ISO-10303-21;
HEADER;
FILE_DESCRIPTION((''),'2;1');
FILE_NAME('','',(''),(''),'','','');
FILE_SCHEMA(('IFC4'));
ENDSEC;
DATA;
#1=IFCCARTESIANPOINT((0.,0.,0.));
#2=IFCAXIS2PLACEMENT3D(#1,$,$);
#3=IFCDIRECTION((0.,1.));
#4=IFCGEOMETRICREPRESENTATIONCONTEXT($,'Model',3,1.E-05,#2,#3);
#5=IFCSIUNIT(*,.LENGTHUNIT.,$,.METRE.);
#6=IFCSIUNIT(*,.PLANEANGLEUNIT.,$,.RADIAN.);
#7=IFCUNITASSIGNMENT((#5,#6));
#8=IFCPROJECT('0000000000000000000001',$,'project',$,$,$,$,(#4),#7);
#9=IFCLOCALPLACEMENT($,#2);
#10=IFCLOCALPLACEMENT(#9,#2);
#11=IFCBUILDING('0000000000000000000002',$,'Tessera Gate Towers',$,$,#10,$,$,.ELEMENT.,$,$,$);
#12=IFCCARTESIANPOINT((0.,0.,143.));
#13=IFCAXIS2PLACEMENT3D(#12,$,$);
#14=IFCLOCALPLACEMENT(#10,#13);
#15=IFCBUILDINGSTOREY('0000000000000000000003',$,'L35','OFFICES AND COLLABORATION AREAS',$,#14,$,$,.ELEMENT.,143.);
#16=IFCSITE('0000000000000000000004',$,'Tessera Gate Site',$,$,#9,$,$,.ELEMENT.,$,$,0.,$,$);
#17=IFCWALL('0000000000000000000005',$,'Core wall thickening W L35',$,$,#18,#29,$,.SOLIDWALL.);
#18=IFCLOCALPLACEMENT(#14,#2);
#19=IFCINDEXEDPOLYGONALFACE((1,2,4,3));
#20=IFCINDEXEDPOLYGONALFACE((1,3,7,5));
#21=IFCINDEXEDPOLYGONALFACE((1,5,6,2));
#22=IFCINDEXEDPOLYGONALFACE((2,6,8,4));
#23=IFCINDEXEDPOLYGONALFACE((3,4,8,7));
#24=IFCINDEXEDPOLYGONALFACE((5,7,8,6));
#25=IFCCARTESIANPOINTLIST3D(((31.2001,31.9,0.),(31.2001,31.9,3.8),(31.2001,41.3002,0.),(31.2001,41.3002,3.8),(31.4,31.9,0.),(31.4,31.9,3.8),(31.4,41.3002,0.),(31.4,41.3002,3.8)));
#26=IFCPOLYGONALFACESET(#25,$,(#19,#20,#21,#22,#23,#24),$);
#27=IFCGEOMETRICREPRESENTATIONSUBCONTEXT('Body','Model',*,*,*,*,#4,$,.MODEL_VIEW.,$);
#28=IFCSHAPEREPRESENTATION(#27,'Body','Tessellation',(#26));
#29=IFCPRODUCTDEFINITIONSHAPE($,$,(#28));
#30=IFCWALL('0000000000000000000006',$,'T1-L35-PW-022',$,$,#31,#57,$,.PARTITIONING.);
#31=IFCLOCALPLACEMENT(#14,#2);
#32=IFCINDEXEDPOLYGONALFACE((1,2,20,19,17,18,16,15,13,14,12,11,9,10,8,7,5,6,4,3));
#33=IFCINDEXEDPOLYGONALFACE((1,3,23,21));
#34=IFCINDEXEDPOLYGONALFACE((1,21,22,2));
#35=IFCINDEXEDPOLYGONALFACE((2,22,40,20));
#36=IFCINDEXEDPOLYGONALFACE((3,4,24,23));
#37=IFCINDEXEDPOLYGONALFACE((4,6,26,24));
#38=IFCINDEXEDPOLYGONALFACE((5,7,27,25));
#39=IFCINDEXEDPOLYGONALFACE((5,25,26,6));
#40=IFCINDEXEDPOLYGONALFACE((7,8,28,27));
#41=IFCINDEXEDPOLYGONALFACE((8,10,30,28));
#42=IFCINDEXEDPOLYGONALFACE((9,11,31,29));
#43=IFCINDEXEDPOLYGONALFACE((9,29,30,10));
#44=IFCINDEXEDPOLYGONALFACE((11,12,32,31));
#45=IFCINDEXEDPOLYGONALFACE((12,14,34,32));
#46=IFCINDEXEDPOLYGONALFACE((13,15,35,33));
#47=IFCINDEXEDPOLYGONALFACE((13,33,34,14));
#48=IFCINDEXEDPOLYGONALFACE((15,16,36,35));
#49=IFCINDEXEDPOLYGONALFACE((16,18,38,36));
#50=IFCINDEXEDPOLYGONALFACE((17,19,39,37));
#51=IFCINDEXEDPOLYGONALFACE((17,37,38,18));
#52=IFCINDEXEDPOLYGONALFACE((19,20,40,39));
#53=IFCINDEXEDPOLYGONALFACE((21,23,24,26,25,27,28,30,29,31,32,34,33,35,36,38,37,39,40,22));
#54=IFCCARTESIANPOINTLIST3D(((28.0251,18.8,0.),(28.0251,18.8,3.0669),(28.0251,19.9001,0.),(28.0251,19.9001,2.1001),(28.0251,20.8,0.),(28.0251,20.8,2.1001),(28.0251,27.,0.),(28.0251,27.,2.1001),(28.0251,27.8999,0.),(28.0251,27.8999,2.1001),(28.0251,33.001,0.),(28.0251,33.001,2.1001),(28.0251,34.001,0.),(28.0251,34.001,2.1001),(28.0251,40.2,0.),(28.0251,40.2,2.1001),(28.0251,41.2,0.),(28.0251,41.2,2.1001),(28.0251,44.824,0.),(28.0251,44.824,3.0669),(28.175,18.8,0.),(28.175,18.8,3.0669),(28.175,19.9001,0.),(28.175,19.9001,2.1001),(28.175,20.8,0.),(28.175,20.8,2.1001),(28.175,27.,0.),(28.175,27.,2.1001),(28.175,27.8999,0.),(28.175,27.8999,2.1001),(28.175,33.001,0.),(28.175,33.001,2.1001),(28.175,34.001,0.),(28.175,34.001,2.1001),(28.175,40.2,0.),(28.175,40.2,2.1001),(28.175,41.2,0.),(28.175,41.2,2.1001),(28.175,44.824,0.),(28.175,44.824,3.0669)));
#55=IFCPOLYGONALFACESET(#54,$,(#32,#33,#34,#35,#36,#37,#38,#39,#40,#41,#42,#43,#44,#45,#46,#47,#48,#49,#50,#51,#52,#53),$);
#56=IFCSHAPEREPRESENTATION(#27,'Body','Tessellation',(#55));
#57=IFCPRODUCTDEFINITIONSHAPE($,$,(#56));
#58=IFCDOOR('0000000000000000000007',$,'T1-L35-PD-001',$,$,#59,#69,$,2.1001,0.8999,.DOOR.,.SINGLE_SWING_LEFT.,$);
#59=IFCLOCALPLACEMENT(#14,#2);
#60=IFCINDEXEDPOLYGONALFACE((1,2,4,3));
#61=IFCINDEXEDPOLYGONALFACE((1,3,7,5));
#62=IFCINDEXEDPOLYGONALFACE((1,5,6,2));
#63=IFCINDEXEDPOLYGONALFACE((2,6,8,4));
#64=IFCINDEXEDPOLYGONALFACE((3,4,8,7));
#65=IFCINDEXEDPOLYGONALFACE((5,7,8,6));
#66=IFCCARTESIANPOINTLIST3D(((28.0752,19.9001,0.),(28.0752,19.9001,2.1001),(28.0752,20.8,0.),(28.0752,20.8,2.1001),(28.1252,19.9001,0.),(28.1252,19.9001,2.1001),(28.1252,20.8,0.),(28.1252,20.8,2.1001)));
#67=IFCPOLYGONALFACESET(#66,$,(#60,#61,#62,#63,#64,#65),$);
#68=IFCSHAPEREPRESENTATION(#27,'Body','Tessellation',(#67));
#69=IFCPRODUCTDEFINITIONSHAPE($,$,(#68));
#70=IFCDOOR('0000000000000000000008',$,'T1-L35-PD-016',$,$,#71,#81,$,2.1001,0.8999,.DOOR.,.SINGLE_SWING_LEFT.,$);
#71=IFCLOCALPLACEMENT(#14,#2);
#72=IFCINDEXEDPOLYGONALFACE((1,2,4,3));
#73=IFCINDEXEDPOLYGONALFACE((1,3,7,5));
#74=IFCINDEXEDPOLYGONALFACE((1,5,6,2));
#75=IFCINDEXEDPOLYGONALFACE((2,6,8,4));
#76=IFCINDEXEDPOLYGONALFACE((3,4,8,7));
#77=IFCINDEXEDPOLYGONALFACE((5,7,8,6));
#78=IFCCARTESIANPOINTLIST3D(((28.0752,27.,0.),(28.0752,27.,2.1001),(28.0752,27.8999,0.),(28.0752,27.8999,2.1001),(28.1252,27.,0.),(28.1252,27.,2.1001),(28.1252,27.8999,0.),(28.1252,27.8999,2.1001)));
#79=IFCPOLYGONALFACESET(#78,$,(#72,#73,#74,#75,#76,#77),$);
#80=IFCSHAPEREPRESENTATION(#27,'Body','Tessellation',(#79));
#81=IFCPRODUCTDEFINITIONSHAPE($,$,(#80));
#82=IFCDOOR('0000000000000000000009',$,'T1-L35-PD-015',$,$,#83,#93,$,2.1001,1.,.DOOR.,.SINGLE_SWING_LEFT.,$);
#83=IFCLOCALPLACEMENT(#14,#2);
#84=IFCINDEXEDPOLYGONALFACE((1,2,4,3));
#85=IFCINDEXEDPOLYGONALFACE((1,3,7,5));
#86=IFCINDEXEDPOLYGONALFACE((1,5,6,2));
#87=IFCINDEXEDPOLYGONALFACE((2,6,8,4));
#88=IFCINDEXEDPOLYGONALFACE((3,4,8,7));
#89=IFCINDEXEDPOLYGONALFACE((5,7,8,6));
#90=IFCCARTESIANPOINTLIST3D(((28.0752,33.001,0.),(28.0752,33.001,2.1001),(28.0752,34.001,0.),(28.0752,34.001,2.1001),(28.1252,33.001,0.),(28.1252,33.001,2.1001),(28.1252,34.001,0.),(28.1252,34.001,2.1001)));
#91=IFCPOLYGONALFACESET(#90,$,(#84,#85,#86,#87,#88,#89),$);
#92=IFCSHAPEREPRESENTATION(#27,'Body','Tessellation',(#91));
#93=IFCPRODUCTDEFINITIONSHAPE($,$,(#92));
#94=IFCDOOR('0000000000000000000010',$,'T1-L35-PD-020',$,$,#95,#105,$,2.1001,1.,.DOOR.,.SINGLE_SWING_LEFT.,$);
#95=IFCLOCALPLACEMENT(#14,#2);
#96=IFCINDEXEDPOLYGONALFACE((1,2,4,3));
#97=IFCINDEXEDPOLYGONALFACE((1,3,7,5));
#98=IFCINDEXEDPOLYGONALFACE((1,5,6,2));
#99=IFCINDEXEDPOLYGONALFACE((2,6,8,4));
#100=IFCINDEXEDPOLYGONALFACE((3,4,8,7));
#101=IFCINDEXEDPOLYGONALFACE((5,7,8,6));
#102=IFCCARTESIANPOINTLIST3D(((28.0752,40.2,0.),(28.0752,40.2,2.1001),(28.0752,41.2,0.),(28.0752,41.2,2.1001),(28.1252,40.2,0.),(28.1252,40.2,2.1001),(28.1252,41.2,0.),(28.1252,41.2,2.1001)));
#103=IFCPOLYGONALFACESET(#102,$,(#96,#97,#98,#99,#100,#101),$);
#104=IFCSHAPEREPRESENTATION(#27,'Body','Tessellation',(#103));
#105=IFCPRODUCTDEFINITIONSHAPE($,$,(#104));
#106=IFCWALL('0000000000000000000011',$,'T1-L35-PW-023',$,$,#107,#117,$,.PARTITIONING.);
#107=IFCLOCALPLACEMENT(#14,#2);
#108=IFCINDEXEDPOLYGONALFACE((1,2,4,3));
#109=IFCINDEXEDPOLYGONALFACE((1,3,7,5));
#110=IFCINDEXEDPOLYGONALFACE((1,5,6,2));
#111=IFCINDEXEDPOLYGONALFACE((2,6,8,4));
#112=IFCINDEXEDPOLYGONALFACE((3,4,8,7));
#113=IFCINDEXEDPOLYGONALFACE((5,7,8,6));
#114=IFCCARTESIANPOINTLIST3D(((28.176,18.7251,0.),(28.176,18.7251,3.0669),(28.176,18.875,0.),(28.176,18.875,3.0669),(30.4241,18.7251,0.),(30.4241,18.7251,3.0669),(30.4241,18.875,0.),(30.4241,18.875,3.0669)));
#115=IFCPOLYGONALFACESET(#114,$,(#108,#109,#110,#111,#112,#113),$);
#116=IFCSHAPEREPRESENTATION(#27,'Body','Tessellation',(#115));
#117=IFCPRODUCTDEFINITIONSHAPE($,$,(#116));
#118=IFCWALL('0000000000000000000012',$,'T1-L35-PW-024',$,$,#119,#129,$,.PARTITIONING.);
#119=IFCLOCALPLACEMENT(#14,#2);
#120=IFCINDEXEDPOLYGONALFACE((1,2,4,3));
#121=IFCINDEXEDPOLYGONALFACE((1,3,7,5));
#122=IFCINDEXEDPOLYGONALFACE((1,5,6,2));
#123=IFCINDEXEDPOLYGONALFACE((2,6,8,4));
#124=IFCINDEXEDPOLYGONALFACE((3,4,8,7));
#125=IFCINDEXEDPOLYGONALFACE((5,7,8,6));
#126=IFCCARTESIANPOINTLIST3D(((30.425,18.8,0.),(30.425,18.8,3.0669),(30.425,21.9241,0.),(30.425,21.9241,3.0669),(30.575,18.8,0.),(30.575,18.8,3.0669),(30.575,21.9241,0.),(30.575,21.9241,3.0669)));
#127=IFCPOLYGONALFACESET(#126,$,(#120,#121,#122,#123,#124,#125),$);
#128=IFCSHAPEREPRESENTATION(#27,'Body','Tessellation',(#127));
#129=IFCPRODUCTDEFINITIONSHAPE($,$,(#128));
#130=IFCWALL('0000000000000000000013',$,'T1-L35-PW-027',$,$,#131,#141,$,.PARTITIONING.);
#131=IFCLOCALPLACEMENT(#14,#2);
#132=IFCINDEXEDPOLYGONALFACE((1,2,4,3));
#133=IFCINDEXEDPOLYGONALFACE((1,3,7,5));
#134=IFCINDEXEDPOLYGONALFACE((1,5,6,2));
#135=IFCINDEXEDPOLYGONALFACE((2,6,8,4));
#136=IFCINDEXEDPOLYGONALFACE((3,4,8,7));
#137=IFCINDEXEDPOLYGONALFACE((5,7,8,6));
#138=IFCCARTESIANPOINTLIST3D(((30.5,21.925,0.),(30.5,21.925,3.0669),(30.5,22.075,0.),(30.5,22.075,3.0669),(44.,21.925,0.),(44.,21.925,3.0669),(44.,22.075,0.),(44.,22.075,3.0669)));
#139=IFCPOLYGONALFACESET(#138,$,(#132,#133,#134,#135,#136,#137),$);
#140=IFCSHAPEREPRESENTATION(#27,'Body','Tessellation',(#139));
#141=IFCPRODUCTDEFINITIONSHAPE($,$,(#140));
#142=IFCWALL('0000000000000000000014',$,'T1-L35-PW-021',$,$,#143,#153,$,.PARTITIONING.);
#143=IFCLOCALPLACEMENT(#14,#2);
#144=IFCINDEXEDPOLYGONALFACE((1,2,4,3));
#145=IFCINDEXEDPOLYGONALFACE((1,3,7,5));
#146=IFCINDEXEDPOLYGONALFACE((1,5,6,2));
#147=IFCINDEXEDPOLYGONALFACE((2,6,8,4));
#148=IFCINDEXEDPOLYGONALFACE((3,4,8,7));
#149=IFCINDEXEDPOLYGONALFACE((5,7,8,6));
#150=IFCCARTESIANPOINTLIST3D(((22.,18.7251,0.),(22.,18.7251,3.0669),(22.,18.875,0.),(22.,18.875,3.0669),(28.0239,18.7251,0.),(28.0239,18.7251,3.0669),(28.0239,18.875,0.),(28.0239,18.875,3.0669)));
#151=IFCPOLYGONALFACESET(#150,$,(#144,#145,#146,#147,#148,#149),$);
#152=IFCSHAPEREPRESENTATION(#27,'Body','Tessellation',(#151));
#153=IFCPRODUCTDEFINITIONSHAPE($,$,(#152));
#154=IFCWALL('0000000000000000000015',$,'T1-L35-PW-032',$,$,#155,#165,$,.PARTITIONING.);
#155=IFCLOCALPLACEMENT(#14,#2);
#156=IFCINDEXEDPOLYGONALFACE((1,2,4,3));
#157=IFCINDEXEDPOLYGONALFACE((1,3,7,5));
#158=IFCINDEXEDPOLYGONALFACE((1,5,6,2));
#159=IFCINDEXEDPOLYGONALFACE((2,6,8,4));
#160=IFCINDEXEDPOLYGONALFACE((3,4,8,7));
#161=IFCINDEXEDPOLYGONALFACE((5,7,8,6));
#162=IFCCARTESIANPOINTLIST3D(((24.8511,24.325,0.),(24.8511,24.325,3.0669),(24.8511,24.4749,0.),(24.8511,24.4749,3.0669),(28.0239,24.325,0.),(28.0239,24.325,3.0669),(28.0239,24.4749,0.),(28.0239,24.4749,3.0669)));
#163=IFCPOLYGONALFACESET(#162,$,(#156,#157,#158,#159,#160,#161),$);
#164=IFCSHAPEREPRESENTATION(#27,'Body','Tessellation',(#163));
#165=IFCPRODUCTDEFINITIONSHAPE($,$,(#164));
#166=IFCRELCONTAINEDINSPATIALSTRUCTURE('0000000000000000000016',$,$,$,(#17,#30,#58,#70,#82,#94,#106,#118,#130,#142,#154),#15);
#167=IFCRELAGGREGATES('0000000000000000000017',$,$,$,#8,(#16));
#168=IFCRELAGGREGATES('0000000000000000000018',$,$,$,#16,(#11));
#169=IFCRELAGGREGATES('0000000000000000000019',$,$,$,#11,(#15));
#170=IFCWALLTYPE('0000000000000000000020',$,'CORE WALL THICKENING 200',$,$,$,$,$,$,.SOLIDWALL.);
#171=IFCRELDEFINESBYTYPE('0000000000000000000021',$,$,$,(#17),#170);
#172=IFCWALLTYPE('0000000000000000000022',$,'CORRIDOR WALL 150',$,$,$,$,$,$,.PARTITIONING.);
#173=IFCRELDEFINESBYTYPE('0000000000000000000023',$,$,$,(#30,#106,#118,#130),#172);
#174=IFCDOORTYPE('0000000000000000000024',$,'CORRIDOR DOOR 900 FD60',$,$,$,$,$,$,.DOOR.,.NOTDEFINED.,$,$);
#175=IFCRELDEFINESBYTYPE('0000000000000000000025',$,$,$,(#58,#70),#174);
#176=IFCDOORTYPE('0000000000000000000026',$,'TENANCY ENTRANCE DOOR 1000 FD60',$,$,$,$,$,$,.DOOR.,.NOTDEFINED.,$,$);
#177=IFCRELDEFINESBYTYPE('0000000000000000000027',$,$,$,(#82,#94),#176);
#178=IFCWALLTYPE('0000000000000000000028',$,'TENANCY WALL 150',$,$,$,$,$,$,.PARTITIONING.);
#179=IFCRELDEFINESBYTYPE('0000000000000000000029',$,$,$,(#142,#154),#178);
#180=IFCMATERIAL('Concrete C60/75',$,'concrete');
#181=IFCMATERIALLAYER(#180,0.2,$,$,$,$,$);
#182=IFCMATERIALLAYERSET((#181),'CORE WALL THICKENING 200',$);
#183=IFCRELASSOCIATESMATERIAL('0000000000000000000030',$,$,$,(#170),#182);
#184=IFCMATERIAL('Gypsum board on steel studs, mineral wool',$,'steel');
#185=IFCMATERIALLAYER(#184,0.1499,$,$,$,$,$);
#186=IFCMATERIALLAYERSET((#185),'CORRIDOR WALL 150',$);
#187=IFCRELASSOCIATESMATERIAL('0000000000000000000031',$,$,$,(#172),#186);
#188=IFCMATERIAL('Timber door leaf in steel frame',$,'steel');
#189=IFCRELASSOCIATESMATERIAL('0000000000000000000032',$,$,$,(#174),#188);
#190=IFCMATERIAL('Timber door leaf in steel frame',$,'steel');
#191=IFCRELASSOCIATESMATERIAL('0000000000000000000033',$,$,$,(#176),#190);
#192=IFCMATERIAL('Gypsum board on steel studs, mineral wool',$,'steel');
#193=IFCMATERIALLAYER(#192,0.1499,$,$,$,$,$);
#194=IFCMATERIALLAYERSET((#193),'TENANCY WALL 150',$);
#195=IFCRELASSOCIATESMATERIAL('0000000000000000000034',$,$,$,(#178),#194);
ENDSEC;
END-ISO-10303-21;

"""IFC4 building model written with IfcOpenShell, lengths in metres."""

from ifc_helpers import new_model, si_unit, direction, frame, frame_2d, origin, place, context, subcontext, project, spatial, rectangle, extrude, source, transform, mapped, material, layer, layer_set, type_object, element, fill, save


model = new_model("IFC4")

# Units and contexts
model_context = context("Model", 3, precision=1e-05, world=origin(), true_north=direction((0.0, 1.0)))
body_context = subcontext(model_context, "Body", "Model", "MODEL_VIEW")
ifc_project = project(units=[si_unit("LENGTHUNIT", "METRE"), si_unit("PLANEANGLEUNIT", "RADIAN")], contexts=[model_context])

# Site, building, storey
site_placement = place(None, origin())
site = spatial("IfcSite", under=ifc_project, at=site_placement, Name="Tessera Gate Site", CompositionType="ELEMENT", RefElevation=0.0)
building_placement = place(site_placement, origin())
building = spatial("IfcBuilding", under=site, at=building_placement, Name="Tessera Gate Towers", CompositionType="ELEMENT")
storey_placement = place(building_placement, frame((0.0, 0.0, 143.0)))
storey = spatial("IfcBuildingStorey", under=building, at=storey_placement, Name="L35", Description="OFFICES AND COLLABORATION AREAS", CompositionType="ELEMENT", Elevation=143.0)

# Shared definitions
shared_shape_1 = source(origin(), body_context, "Body", "SweptSolid", [
    extrude(rectangle(XDim=0.8999, YDim=2.1001, at=frame_2d((0.45, 1.05))), frame((0.0, 0.0249, 0.0), z_axis=(0.0, -1.0, 0.0), x_axis=(1.0, 0.0, 0.0)), (0.0, 0.0, 1.0), 0.05),
])

# Wall
ifc_material_1 = material(Name="Concrete C60/75", Category="concrete")
ifc_layer_1 = layer(ifc_material_1, 0.2)
ifc_layer_set_1 = layer_set([ifc_layer_1], Name="CORE WALL THICKENING 200")
wall_type_1 = type_object("IfcWallType", Name="CORE WALL THICKENING 200", PredefinedType="SOLIDWALL", material=ifc_layer_set_1)
wall_1_placement = place(storey_placement, frame((31.3, 31.8999, 0.0), z_axis=(0.0, 0.0, 1.0), x_axis=(0.0, 1.0, 0.0)))
element("IfcWall", 1, at=wall_1_placement, inside=storey, type_object=wall_type_1, Name="Core wall thickening W L35", PredefinedType="SOLIDWALL", context=body_context, shape_type="SweptSolid", body=[
    extrude(rectangle(XDim=9.4001, YDim=0.2, at=frame_2d((4.7002, 0.0))), origin(), (0.0, 0.0, 1.0), 3.8),
])

# Wall, openings, doors
ifc_material_2 = material(Name="Gypsum board on steel studs, mineral wool", Category="steel")
ifc_layer_2 = layer(ifc_material_2, 0.1499)
ifc_layer_set_2 = layer_set([ifc_layer_2], Name="CORRIDOR WALL 150")
wall_type_2 = type_object("IfcWallType", Name="CORRIDOR WALL 150", PredefinedType="PARTITIONING", material=ifc_layer_set_2)
wall_2_placement = place(storey_placement, frame((28.1001, 18.8, 0.0), z_axis=(0.0, 0.0, 1.0), x_axis=(0.0, 1.0, 0.0)))
wall_2 = element("IfcWall", 2, at=wall_2_placement, inside=storey, type_object=wall_type_2, Name="T1-L35-PW-022", PredefinedType="PARTITIONING", context=body_context, shape_type="SweptSolid", body=[
    extrude(rectangle(XDim=26.0239, YDim=0.1499, at=frame_2d((13.012, 0.0))), origin(), (0.0, 0.0, 1.0), 3.0669),
])
shared_shape_2 = source(origin(), body_context, "Body", "SweptSolid", [
    extrude(rectangle(XDim=0.8999, YDim=2.1001, at=frame_2d((0.45, 1.05))), frame((0.0, 0.085, 0.0), z_axis=(0.0, -1.0, 0.0), x_axis=(1.0, 0.0, 0.0)), (0.0, 0.0, 1.0), 0.1699),
])
opening_1_placement = place(wall_2_placement, frame((1.1001, 0.0, 0.0)))
opening_1 = element("IfcOpeningElement", 3, at=opening_1_placement, cuts=wall_2, PredefinedType="OPENING", context=body_context, shape_type="MappedRepresentation", body=[
    mapped(shared_shape_2, transform((0.0, 0.0, 0.0), scale=1.0)),
])
shared_shape_3 = source(origin(), body_context, "Body", "SweptSolid", [
    extrude(rectangle(XDim=1.0, YDim=2.1001, at=frame_2d((0.5, 1.05))), frame((0.0, 0.085, 0.0), z_axis=(0.0, -1.0, 0.0), x_axis=(1.0, 0.0, 0.0)), (0.0, 0.0, 1.0), 0.1699),
])
opening_2_placement = place(wall_2_placement, frame((14.2009, 0.0, 0.0)))
opening_2 = element("IfcOpeningElement", 4, at=opening_2_placement, cuts=wall_2, PredefinedType="OPENING", context=body_context, shape_type="MappedRepresentation", body=[
    mapped(shared_shape_3, transform((0.0, 0.0, 0.0), scale=1.0)),
])
opening_3_placement = place(wall_2_placement, frame((8.2, 0.0, 0.0)))
opening_3 = element("IfcOpeningElement", 5, at=opening_3_placement, cuts=wall_2, PredefinedType="OPENING", context=body_context, shape_type="MappedRepresentation", body=[
    mapped(shared_shape_2, transform((0.0, 0.0, 0.0), scale=1.0)),
])
opening_4_placement = place(wall_2_placement, frame((21.3999, 0.0, 0.0)))
opening_4 = element("IfcOpeningElement", 6, at=opening_4_placement, cuts=wall_2, PredefinedType="OPENING", context=body_context, shape_type="MappedRepresentation", body=[
    mapped(shared_shape_3, transform((0.0, 0.0, 0.0), scale=1.0)),
])
ifc_material_3 = material(Name="Timber door leaf in steel frame", Category="steel")
door_type_1 = type_object("IfcDoorType", Name="CORRIDOR DOOR 900 FD60", OperationType="NOTDEFINED", PredefinedType="DOOR", material=ifc_material_3)
door_1_placement = place(opening_1_placement, origin())
door_1 = element("IfcDoor", 7, at=door_1_placement, inside=storey, type_object=door_type_1, Name="T1-L35-PD-001", OperationType="SINGLE_SWING_LEFT", OverallHeight=2.1001, OverallWidth=0.8999, PredefinedType="DOOR", context=body_context, shape_type="MappedRepresentation", body=[
    mapped(shared_shape_1, transform((0.0, 0.0, 0.0), scale=1.0)),
])
fill(opening_1, door_1)
door_2_placement = place(opening_3_placement, origin())
door_2 = element("IfcDoor", 8, at=door_2_placement, inside=storey, type_object=door_type_1, Name="T1-L35-PD-016", OperationType="SINGLE_SWING_LEFT", OverallHeight=2.1001, OverallWidth=0.8999, PredefinedType="DOOR", context=body_context, shape_type="MappedRepresentation", body=[
    mapped(shared_shape_1, transform((0.0, 0.0, 0.0), scale=1.0)),
])
fill(opening_3, door_2)
ifc_material_4 = material(Name="Timber door leaf in steel frame", Category="steel")
door_type_2 = type_object("IfcDoorType", Name="TENANCY ENTRANCE DOOR 1000 FD60", OperationType="NOTDEFINED", PredefinedType="DOOR", material=ifc_material_4)
shared_shape_4 = source(origin(), body_context, "Body", "SweptSolid", [
    extrude(rectangle(XDim=1.0, YDim=2.1001, at=frame_2d((0.5, 1.05))), frame((0.0, 0.0249, 0.0), z_axis=(0.0, -1.0, 0.0), x_axis=(1.0, 0.0, 0.0)), (0.0, 0.0, 1.0), 0.05),
])
door_3_placement = place(opening_2_placement, origin())
door_3 = element("IfcDoor", 9, at=door_3_placement, inside=storey, type_object=door_type_2, Name="T1-L35-PD-015", OperationType="SINGLE_SWING_LEFT", OverallHeight=2.1001, OverallWidth=1.0, PredefinedType="DOOR", context=body_context, shape_type="MappedRepresentation", body=[
    mapped(shared_shape_4, transform((0.0, 0.0, 0.0), scale=1.0)),
])
fill(opening_2, door_3)
door_4_placement = place(opening_4_placement, origin())
door_4 = element("IfcDoor", 10, at=door_4_placement, inside=storey, type_object=door_type_2, Name="T1-L35-PD-020", OperationType="SINGLE_SWING_LEFT", OverallHeight=2.1001, OverallWidth=1.0, PredefinedType="DOOR", context=body_context, shape_type="MappedRepresentation", body=[
    mapped(shared_shape_4, transform((0.0, 0.0, 0.0), scale=1.0)),
])
fill(opening_4, door_4)

# Walls
wall_3_placement = place(storey_placement, frame((28.176, 18.8, 0.0), z_axis=(0.0, 0.0, 1.0), x_axis=(1.0, 0.0, 0.0)))
element("IfcWall", 11, at=wall_3_placement, inside=storey, type_object=wall_type_2, Name="T1-L35-PW-023", PredefinedType="PARTITIONING", context=body_context, shape_type="SweptSolid", body=[
    extrude(rectangle(XDim=2.248, YDim=0.1499, at=frame_2d((1.124, 0.0))), origin(), (0.0, 0.0, 1.0), 3.0669),
])
wall_4_placement = place(storey_placement, frame((30.5, 18.8, 0.0), z_axis=(0.0, 0.0, 1.0), x_axis=(0.0, 1.0, 0.0)))
element("IfcWall", 12, at=wall_4_placement, inside=storey, type_object=wall_type_2, Name="T1-L35-PW-024", PredefinedType="PARTITIONING", context=body_context, shape_type="SweptSolid", body=[
    extrude(rectangle(XDim=3.124, YDim=0.1499, at=frame_2d((1.562, 0.0))), origin(), (0.0, 0.0, 1.0), 3.0669),
])
wall_5_placement = place(storey_placement, frame((30.5, 22.0, 0.0), z_axis=(0.0, 0.0, 1.0), x_axis=(1.0, 0.0, 0.0)))
element("IfcWall", 13, at=wall_5_placement, inside=storey, type_object=wall_type_2, Name="T1-L35-PW-027", PredefinedType="PARTITIONING", context=body_context, shape_type="SweptSolid", body=[
    extrude(rectangle(XDim=13.5, YDim=0.1499, at=frame_2d((6.75, 0.0))), origin(), (0.0, 0.0, 1.0), 3.0669),
])
ifc_material_5 = material(Name="Gypsum board on steel studs, mineral wool", Category="steel")
ifc_layer_3 = layer(ifc_material_5, 0.1499)
ifc_layer_set_3 = layer_set([ifc_layer_3], Name="TENANCY WALL 150")
wall_type_3 = type_object("IfcWallType", Name="TENANCY WALL 150", PredefinedType="PARTITIONING", material=ifc_layer_set_3)
wall_6_placement = place(storey_placement, frame((22.0, 18.8, 0.0), z_axis=(0.0, 0.0, 1.0), x_axis=(1.0, 0.0, 0.0)))
element("IfcWall", 14, at=wall_6_placement, inside=storey, type_object=wall_type_3, Name="T1-L35-PW-021", PredefinedType="PARTITIONING", context=body_context, shape_type="SweptSolid", body=[
    extrude(rectangle(XDim=6.0239, YDim=0.1499, at=frame_2d((3.012, 0.0))), origin(), (0.0, 0.0, 1.0), 3.0669),
])
wall_7_placement = place(storey_placement, frame((24.8511, 24.3999, 0.0), z_axis=(0.0, 0.0, 1.0), x_axis=(1.0, 0.0, 0.0)))
element("IfcWall", 15, at=wall_7_placement, inside=storey, type_object=wall_type_3, Name="T1-L35-PW-032", PredefinedType="PARTITIONING", context=body_context, shape_type="SweptSolid", body=[
    extrude(rectangle(XDim=3.1729, YDim=0.1499, at=frame_2d((1.5864, 0.0))), origin(), (0.0, 0.0, 1.0), 3.0669),
])

save(model, "model.ifc")
